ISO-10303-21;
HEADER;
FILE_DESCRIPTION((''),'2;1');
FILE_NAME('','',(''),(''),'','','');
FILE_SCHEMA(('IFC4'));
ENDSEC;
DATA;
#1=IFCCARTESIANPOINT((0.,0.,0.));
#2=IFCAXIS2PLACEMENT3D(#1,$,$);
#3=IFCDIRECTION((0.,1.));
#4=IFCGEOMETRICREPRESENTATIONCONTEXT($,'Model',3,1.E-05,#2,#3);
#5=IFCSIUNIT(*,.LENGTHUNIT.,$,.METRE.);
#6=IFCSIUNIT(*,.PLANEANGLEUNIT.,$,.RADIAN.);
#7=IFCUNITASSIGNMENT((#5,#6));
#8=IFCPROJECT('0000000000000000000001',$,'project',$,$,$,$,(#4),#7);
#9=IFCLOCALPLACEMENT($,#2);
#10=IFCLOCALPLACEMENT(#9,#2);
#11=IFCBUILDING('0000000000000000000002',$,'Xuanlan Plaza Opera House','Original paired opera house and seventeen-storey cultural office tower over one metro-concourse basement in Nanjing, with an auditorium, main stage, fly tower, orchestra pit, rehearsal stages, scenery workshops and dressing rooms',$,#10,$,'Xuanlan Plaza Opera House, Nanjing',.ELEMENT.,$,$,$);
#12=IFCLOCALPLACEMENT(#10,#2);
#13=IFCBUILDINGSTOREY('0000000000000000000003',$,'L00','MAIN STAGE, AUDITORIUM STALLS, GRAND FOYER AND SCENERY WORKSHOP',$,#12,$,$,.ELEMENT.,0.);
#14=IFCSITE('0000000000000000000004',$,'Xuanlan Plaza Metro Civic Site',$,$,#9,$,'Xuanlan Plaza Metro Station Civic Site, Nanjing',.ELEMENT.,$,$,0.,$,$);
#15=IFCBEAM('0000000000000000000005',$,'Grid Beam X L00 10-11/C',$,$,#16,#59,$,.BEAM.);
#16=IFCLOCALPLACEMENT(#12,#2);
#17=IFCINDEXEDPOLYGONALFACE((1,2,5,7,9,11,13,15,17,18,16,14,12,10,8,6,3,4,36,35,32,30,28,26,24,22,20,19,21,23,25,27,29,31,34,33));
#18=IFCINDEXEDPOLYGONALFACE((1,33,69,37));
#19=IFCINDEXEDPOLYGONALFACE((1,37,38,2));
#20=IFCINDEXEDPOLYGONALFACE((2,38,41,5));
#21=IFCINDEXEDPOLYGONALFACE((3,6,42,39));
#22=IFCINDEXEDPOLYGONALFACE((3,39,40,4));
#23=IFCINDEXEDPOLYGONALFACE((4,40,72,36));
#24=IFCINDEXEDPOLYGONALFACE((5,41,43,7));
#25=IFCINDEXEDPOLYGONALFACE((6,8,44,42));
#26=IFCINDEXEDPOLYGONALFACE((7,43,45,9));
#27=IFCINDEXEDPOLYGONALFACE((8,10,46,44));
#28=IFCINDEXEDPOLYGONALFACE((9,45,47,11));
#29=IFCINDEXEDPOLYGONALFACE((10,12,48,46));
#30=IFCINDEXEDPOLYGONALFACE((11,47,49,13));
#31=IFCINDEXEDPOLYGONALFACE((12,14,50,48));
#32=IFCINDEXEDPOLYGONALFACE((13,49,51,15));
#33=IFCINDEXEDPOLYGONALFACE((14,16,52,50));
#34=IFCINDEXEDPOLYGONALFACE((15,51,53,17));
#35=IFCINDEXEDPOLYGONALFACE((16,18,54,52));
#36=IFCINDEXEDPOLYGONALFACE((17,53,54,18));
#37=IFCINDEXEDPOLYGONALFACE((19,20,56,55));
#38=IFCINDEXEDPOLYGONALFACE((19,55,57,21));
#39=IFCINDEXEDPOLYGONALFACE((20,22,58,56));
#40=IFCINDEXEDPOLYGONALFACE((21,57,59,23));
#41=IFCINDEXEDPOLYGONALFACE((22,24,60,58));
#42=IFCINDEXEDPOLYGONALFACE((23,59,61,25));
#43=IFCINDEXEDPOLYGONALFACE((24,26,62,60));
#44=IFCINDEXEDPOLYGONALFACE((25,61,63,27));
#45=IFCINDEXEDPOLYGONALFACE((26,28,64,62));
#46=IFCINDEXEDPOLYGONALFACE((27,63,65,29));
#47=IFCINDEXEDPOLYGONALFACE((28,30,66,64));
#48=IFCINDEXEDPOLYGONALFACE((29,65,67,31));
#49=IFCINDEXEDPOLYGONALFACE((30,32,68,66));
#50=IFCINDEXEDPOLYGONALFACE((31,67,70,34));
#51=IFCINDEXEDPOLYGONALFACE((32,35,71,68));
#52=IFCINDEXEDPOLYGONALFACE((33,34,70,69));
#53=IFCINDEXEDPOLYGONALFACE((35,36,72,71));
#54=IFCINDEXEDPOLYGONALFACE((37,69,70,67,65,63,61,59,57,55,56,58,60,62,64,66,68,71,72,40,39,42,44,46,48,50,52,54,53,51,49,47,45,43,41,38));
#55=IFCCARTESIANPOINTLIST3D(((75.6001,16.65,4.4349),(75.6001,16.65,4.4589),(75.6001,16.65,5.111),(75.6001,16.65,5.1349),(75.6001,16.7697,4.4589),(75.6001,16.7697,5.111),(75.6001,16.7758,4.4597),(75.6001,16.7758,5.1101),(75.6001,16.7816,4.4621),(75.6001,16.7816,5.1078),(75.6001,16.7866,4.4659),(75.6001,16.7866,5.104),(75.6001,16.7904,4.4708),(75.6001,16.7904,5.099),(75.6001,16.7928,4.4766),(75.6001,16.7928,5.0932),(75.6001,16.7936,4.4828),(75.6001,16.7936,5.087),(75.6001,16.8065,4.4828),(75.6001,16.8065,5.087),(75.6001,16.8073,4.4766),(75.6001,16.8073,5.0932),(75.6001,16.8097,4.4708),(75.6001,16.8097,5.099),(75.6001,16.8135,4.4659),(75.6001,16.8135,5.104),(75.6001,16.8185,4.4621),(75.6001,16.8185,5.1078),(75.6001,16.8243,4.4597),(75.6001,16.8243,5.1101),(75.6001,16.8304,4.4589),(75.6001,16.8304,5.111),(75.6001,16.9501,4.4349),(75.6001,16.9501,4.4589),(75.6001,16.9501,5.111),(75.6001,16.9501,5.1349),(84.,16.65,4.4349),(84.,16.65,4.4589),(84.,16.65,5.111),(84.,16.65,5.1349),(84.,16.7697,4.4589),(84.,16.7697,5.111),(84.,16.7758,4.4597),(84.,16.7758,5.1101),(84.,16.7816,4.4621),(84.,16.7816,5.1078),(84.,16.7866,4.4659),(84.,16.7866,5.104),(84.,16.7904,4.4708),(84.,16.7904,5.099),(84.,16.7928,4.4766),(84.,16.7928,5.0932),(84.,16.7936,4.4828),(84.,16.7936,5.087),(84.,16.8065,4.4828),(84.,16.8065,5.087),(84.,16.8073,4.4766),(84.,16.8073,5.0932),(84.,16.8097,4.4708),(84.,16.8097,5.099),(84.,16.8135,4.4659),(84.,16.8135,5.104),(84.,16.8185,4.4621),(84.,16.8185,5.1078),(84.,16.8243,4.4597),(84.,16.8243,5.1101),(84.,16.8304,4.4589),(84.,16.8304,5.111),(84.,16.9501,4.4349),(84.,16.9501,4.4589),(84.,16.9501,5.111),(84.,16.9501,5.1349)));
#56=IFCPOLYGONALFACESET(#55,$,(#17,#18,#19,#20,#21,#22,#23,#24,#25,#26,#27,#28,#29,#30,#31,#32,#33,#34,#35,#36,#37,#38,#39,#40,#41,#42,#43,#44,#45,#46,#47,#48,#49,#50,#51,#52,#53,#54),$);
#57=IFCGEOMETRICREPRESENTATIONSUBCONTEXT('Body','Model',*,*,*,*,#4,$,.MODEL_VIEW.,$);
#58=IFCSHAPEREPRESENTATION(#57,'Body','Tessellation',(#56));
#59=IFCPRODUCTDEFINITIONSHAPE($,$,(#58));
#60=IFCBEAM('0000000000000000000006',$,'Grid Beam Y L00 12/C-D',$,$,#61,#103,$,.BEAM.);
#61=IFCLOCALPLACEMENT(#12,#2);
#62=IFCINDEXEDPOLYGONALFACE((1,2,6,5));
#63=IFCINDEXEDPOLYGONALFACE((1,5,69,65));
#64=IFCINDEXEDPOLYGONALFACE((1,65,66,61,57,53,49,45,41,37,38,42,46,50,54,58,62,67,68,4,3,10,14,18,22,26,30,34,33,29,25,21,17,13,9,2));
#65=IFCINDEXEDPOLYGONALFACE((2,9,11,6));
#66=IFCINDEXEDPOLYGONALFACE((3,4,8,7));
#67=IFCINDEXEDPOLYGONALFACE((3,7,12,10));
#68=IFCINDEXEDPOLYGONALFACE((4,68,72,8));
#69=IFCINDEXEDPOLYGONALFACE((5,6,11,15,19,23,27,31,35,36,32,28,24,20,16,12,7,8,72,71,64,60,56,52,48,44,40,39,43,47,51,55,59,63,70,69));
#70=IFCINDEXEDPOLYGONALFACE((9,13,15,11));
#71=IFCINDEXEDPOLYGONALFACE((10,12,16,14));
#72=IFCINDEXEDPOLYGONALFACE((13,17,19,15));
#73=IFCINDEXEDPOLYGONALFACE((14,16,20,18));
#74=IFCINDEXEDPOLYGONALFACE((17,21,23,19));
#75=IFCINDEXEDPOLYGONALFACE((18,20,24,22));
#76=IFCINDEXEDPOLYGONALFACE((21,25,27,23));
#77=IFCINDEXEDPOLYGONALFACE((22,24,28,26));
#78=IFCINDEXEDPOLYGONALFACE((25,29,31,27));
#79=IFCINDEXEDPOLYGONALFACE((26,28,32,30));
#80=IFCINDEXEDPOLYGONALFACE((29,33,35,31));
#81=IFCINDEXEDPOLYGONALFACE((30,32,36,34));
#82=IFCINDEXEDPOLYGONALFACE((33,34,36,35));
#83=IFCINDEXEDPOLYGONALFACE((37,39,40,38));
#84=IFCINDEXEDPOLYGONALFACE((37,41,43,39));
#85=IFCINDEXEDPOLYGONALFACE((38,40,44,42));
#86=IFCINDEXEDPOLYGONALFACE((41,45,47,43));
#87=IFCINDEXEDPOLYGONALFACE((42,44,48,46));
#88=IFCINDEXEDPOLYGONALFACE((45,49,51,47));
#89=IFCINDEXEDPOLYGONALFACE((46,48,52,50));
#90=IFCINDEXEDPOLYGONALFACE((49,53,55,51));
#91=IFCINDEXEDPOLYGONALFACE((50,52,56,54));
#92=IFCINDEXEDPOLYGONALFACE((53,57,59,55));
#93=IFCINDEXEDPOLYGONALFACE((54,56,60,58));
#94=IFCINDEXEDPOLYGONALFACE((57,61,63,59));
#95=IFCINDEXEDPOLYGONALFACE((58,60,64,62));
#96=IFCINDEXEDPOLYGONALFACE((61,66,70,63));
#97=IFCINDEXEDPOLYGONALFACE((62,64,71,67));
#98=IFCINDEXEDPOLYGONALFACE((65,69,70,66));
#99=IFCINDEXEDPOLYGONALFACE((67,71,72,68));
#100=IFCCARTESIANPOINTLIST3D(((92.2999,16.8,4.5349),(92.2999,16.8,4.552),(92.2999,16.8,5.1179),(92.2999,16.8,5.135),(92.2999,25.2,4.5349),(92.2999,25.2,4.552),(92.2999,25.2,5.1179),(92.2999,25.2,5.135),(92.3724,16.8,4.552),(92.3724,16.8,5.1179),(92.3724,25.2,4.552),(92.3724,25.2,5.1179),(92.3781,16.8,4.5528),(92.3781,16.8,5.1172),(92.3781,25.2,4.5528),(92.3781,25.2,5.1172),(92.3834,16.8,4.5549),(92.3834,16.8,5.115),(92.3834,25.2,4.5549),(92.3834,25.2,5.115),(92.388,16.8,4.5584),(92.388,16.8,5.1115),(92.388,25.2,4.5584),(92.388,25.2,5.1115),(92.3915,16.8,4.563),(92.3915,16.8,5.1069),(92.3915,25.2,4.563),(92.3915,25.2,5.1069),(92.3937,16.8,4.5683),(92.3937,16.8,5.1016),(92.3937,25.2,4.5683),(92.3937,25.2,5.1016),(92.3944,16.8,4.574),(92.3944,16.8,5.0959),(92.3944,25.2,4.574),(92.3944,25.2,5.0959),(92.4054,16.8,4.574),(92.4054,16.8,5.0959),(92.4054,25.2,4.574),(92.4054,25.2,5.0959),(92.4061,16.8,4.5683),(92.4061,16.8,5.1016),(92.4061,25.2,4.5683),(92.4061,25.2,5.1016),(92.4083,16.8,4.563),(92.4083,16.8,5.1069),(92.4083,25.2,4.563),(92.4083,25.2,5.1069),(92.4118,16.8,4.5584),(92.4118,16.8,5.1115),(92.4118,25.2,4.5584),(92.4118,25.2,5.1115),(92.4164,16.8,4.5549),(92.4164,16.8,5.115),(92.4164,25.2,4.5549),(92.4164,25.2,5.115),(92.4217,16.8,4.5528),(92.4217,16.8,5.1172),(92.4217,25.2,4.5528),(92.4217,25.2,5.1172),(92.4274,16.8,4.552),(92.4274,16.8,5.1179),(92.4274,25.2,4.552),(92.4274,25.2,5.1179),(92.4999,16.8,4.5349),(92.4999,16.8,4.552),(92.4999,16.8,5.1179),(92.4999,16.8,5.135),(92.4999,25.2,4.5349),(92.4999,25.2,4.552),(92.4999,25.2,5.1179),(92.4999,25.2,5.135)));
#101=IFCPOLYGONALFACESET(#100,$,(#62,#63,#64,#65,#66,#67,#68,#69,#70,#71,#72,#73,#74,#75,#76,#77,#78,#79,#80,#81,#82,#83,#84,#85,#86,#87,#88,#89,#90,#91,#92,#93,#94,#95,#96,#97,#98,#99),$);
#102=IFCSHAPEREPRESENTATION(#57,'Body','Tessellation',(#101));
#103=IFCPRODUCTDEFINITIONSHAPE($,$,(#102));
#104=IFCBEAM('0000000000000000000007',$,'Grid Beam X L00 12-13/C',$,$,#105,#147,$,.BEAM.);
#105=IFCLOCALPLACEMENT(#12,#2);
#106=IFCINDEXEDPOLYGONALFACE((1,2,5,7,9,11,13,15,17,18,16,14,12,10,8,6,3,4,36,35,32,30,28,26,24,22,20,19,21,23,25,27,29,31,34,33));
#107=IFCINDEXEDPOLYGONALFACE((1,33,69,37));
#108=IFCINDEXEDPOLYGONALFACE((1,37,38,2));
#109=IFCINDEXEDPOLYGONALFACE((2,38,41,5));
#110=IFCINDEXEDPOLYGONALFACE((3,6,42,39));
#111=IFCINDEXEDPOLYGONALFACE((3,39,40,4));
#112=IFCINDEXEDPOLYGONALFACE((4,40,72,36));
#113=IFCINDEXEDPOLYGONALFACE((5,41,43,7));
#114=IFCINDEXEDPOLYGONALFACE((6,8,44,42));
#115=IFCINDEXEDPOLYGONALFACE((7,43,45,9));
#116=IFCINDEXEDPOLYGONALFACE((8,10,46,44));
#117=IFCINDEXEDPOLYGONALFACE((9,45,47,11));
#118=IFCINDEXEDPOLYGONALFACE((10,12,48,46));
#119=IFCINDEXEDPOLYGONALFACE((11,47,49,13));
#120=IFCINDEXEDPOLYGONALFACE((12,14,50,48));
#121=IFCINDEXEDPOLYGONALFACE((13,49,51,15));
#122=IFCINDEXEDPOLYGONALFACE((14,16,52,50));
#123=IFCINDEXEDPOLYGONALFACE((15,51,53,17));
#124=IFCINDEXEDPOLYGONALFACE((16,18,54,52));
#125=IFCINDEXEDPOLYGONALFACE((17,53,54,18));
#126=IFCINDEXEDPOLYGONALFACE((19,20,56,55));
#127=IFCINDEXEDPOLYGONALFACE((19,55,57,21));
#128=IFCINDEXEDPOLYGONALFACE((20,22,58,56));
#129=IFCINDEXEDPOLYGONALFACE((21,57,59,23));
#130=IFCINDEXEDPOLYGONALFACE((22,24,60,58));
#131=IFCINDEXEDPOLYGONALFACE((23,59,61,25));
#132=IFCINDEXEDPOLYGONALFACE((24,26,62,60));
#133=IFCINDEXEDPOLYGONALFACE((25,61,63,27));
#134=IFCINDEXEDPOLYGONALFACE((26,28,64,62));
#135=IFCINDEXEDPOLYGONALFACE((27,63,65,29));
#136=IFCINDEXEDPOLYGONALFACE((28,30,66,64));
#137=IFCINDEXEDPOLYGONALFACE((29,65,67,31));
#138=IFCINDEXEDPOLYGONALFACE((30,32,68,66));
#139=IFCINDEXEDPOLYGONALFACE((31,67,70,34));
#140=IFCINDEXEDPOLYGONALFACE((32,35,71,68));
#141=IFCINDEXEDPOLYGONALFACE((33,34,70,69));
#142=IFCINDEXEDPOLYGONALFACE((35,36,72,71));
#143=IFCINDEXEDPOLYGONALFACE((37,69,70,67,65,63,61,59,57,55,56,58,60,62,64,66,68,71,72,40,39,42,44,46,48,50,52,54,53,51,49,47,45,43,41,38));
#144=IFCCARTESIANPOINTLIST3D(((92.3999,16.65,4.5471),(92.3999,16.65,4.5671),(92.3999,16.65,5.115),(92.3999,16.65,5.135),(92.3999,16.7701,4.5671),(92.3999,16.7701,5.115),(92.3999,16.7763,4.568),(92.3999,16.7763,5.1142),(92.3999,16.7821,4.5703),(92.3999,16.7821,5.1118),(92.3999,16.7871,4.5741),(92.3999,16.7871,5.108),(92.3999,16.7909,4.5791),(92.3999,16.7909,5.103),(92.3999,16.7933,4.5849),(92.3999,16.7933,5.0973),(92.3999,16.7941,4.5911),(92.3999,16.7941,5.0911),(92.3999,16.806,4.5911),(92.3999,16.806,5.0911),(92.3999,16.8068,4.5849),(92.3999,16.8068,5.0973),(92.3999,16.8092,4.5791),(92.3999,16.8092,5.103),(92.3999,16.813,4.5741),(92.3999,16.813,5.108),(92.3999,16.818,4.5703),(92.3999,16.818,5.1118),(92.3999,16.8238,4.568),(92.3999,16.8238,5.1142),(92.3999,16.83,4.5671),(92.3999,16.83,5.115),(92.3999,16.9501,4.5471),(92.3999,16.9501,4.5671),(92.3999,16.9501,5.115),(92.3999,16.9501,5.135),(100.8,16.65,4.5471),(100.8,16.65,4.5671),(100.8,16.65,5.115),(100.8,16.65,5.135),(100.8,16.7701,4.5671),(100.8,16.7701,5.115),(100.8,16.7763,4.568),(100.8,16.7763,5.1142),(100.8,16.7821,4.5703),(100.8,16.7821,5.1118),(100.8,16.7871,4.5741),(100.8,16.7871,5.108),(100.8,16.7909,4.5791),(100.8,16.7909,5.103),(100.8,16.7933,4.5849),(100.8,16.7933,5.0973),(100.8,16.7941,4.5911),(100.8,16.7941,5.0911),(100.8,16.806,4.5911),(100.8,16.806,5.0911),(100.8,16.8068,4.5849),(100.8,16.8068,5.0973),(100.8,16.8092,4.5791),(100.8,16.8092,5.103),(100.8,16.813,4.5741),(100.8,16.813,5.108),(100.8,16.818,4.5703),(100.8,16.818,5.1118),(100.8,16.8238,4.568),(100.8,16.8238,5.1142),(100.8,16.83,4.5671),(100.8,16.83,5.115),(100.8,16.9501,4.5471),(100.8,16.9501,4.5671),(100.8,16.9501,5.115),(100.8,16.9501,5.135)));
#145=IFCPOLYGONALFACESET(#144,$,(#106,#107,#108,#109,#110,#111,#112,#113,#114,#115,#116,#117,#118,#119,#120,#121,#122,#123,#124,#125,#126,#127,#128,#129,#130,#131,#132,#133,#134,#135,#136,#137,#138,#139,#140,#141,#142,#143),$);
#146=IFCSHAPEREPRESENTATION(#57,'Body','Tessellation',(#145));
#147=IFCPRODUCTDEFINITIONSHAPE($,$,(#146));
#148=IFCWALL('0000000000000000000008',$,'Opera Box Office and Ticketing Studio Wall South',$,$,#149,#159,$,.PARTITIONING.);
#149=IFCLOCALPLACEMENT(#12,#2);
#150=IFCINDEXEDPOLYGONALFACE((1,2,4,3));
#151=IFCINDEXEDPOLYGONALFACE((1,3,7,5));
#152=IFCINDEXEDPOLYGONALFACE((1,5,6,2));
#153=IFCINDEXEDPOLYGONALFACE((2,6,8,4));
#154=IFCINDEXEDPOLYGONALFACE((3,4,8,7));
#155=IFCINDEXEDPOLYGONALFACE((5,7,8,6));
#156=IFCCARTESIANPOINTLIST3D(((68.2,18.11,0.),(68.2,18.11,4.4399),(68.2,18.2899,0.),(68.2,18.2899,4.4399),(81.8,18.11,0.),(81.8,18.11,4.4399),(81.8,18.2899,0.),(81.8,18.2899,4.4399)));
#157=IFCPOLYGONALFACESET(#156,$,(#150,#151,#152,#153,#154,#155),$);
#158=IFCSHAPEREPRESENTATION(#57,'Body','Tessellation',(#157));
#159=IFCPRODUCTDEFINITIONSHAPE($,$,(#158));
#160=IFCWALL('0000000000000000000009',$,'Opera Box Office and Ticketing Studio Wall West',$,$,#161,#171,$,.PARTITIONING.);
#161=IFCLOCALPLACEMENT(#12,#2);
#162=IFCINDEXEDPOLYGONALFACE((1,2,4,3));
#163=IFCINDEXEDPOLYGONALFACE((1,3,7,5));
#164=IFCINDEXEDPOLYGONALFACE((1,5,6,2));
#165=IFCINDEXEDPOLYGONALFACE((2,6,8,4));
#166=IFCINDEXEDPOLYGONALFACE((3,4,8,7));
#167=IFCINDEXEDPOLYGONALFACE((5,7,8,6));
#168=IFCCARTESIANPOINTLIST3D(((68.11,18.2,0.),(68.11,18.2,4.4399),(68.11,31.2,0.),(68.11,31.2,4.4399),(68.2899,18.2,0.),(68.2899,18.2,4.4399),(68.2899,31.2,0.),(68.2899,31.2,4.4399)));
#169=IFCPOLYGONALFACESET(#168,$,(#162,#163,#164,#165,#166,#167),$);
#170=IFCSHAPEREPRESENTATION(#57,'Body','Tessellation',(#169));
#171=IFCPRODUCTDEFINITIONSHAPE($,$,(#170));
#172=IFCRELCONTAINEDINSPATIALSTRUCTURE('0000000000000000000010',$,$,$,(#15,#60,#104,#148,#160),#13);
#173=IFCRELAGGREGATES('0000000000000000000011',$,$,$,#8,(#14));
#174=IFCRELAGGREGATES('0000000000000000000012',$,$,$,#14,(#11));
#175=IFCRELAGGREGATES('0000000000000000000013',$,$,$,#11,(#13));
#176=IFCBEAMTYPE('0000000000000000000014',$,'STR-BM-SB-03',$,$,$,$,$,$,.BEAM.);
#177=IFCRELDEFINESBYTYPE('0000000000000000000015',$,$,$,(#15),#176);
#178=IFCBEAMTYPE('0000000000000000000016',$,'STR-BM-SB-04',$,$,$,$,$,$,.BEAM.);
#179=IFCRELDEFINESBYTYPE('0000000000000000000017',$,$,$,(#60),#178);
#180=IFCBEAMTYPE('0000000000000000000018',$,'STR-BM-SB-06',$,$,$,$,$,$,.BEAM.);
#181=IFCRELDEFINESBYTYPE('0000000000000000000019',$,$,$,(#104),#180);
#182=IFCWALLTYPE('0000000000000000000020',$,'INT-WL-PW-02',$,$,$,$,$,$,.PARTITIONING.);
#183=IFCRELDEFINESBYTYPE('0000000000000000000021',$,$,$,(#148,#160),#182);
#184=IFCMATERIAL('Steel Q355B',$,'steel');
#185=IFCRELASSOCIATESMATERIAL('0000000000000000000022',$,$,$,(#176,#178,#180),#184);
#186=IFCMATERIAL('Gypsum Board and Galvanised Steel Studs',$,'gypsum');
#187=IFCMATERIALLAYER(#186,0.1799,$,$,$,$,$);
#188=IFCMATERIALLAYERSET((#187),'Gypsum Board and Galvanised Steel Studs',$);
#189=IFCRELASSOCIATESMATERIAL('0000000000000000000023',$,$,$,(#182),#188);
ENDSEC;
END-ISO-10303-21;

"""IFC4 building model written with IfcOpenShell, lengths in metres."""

from ifc_helpers import new_model, si_unit, direction, frame, frame_2d, origin, origin_2d, place, context, subcontext, project, spatial, rectangle, i_section, extrude, material, layer, layer_set, material_profile, profile_set, type_object, element, save


model = new_model("IFC4")

# Units and contexts
model_context = context("Model", 3, precision=1e-05, world=origin(), true_north=direction((0.0, 1.0)))
body_context = subcontext(model_context, "Body", "Model", "MODEL_VIEW")
ifc_project = project(units=[si_unit("LENGTHUNIT", "METRE"), si_unit("PLANEANGLEUNIT", "RADIAN")], contexts=[model_context])

# Site, building, storey
site_placement = place(None, origin())
site = spatial("IfcSite", under=ifc_project, at=site_placement, Name="Xuanlan Plaza Metro Civic Site", LongName="Xuanlan Plaza Metro Station Civic Site, Nanjing", CompositionType="ELEMENT", RefElevation=0.0)
building_placement = place(site_placement, origin())
building = spatial("IfcBuilding", under=site, at=building_placement, Name="Xuanlan Plaza Opera House", Description="Original paired opera house and seventeen-storey cultural office tower over one metro-concourse basement in Nanjing, with an auditorium, main stage, fly tower, orchestra pit, rehearsal stages, scenery workshops and dressing rooms", LongName="Xuanlan Plaza Opera House, Nanjing", CompositionType="ELEMENT")
storey_placement = place(building_placement, origin())
storey = spatial("IfcBuildingStorey", under=building, at=storey_placement, Name="L00", Description="MAIN STAGE, AUDITORIUM STALLS, GRAND FOYER AND SCENERY WORKSHOP", CompositionType="ELEMENT", Elevation=0.0)

# Beams
ifc_material_1 = material(Name="Steel Q355B", Category="steel")
ifc_material_profile_1 = material_profile(ifc_material_1, i_section(OverallWidth=0.3, OverallDepth=0.7, WebThickness=0.0129, FlangeThickness=0.0239, FilletRadius=0.0239, at=origin_2d()), Name="HN 700x300x13x24")
ifc_profile_set_1 = profile_set([ifc_material_profile_1], Name="Steel Q355B")
beam_type_1 = type_object("IfcBeamType", Name="STR-BM-SB-03", PredefinedType="BEAM", material=ifc_profile_set_1)
beam_1_placement = place(storey_placement, frame((75.6001, 16.8, 4.7849), z_axis=(1.0, 0.0, 0.0), x_axis=(0.0, 1.0, 0.0)))
element("IfcBeam", 1, at=beam_1_placement, inside=storey, type_object=beam_type_1, Name="Grid Beam X L00 10-11/C", PredefinedType="BEAM", context=body_context, shape_type="SweptSolid", body=[
    extrude(i_section(OverallWidth=0.3, OverallDepth=0.7, WebThickness=0.0129, FlangeThickness=0.0239, FilletRadius=0.0239, at=origin_2d()), origin(), (0.0, 0.0, 1.0), 8.3999),
])
ifc_material_profile_2 = material_profile(ifc_material_1, i_section(OverallWidth=0.2, OverallDepth=0.6001, WebThickness=0.011, FlangeThickness=0.0171, FilletRadius=0.022, at=origin_2d()), Name="HN 600x200x11x17")
ifc_profile_set_2 = profile_set([ifc_material_profile_2], Name="Steel Q355B")
beam_type_2 = type_object("IfcBeamType", Name="STR-BM-SB-04", PredefinedType="BEAM", material=ifc_profile_set_2)
beam_2_placement = place(storey_placement, frame((92.3999, 16.8, 4.835), z_axis=(0.0, 1.0, 0.0), x_axis=(-1.0, 0.0, 0.0)))
element("IfcBeam", 2, at=beam_2_placement, inside=storey, type_object=beam_type_2, Name="Grid Beam Y L00 12/C-D", PredefinedType="BEAM", context=body_context, shape_type="SweptSolid", body=[
    extrude(i_section(OverallWidth=0.2, OverallDepth=0.6001, WebThickness=0.011, FlangeThickness=0.0171, FilletRadius=0.022, at=origin_2d()), origin(), (0.0, 0.0, 1.0), 8.3999),
])
ifc_material_profile_3 = material_profile(ifc_material_1, i_section(OverallWidth=0.3, OverallDepth=0.5879, WebThickness=0.012, FlangeThickness=0.02, FilletRadius=0.0239, at=origin_2d()), Name="HM 588x300x12x20")
ifc_profile_set_3 = profile_set([ifc_material_profile_3], Name="Steel Q355B")
beam_type_3 = type_object("IfcBeamType", Name="STR-BM-SB-06", PredefinedType="BEAM", material=ifc_profile_set_3)
beam_3_placement = place(storey_placement, frame((92.3999, 16.8, 4.8411), z_axis=(1.0, 0.0, 0.0), x_axis=(0.0, 1.0, 0.0)))
element("IfcBeam", 3, at=beam_3_placement, inside=storey, type_object=beam_type_3, Name="Grid Beam X L00 12-13/C", PredefinedType="BEAM", context=body_context, shape_type="SweptSolid", body=[
    extrude(i_section(OverallWidth=0.3, OverallDepth=0.5879, WebThickness=0.012, FlangeThickness=0.02, FilletRadius=0.0239, at=origin_2d()), origin(), (0.0, 0.0, 1.0), 8.4001),
])

# Walls
ifc_material_2 = material(Name="Gypsum Board and Galvanised Steel Studs", Category="gypsum")
ifc_layer_1 = layer(ifc_material_2, 0.1799)
ifc_layer_set_1 = layer_set([ifc_layer_1], Name="Gypsum Board and Galvanised Steel Studs")
wall_type_1 = type_object("IfcWallType", Name="INT-WL-PW-02", PredefinedType="PARTITIONING", material=ifc_layer_set_1)
wall_1_placement = place(storey_placement, frame((68.2, 18.2, 0.0), z_axis=(0.0, 0.0, 1.0), x_axis=(1.0, 0.0, 0.0)))
element("IfcWall", 4, at=wall_1_placement, inside=storey, type_object=wall_type_1, Name="Opera Box Office and Ticketing Studio Wall South", PredefinedType="PARTITIONING", context=body_context, shape_type="SweptSolid", body=[
    extrude(rectangle(XDim=13.6001, YDim=0.1799, at=frame_2d((6.8, 0.0))), origin(), (0.0, 0.0, 1.0), 4.4399),
])
wall_2_placement = place(storey_placement, frame((68.2, 18.2, 0.0), z_axis=(0.0, 0.0, 1.0), x_axis=(0.0, 1.0, 0.0)))
element("IfcWall", 5, at=wall_2_placement, inside=storey, type_object=wall_type_1, Name="Opera Box Office and Ticketing Studio Wall West", PredefinedType="PARTITIONING", context=body_context, shape_type="SweptSolid", body=[
    extrude(rectangle(XDim=13.0, YDim=0.1799, at=frame_2d((6.5, 0.0))), origin(), (0.0, 0.0, 1.0), 4.4399),
])

save(model, "model.ifc")
